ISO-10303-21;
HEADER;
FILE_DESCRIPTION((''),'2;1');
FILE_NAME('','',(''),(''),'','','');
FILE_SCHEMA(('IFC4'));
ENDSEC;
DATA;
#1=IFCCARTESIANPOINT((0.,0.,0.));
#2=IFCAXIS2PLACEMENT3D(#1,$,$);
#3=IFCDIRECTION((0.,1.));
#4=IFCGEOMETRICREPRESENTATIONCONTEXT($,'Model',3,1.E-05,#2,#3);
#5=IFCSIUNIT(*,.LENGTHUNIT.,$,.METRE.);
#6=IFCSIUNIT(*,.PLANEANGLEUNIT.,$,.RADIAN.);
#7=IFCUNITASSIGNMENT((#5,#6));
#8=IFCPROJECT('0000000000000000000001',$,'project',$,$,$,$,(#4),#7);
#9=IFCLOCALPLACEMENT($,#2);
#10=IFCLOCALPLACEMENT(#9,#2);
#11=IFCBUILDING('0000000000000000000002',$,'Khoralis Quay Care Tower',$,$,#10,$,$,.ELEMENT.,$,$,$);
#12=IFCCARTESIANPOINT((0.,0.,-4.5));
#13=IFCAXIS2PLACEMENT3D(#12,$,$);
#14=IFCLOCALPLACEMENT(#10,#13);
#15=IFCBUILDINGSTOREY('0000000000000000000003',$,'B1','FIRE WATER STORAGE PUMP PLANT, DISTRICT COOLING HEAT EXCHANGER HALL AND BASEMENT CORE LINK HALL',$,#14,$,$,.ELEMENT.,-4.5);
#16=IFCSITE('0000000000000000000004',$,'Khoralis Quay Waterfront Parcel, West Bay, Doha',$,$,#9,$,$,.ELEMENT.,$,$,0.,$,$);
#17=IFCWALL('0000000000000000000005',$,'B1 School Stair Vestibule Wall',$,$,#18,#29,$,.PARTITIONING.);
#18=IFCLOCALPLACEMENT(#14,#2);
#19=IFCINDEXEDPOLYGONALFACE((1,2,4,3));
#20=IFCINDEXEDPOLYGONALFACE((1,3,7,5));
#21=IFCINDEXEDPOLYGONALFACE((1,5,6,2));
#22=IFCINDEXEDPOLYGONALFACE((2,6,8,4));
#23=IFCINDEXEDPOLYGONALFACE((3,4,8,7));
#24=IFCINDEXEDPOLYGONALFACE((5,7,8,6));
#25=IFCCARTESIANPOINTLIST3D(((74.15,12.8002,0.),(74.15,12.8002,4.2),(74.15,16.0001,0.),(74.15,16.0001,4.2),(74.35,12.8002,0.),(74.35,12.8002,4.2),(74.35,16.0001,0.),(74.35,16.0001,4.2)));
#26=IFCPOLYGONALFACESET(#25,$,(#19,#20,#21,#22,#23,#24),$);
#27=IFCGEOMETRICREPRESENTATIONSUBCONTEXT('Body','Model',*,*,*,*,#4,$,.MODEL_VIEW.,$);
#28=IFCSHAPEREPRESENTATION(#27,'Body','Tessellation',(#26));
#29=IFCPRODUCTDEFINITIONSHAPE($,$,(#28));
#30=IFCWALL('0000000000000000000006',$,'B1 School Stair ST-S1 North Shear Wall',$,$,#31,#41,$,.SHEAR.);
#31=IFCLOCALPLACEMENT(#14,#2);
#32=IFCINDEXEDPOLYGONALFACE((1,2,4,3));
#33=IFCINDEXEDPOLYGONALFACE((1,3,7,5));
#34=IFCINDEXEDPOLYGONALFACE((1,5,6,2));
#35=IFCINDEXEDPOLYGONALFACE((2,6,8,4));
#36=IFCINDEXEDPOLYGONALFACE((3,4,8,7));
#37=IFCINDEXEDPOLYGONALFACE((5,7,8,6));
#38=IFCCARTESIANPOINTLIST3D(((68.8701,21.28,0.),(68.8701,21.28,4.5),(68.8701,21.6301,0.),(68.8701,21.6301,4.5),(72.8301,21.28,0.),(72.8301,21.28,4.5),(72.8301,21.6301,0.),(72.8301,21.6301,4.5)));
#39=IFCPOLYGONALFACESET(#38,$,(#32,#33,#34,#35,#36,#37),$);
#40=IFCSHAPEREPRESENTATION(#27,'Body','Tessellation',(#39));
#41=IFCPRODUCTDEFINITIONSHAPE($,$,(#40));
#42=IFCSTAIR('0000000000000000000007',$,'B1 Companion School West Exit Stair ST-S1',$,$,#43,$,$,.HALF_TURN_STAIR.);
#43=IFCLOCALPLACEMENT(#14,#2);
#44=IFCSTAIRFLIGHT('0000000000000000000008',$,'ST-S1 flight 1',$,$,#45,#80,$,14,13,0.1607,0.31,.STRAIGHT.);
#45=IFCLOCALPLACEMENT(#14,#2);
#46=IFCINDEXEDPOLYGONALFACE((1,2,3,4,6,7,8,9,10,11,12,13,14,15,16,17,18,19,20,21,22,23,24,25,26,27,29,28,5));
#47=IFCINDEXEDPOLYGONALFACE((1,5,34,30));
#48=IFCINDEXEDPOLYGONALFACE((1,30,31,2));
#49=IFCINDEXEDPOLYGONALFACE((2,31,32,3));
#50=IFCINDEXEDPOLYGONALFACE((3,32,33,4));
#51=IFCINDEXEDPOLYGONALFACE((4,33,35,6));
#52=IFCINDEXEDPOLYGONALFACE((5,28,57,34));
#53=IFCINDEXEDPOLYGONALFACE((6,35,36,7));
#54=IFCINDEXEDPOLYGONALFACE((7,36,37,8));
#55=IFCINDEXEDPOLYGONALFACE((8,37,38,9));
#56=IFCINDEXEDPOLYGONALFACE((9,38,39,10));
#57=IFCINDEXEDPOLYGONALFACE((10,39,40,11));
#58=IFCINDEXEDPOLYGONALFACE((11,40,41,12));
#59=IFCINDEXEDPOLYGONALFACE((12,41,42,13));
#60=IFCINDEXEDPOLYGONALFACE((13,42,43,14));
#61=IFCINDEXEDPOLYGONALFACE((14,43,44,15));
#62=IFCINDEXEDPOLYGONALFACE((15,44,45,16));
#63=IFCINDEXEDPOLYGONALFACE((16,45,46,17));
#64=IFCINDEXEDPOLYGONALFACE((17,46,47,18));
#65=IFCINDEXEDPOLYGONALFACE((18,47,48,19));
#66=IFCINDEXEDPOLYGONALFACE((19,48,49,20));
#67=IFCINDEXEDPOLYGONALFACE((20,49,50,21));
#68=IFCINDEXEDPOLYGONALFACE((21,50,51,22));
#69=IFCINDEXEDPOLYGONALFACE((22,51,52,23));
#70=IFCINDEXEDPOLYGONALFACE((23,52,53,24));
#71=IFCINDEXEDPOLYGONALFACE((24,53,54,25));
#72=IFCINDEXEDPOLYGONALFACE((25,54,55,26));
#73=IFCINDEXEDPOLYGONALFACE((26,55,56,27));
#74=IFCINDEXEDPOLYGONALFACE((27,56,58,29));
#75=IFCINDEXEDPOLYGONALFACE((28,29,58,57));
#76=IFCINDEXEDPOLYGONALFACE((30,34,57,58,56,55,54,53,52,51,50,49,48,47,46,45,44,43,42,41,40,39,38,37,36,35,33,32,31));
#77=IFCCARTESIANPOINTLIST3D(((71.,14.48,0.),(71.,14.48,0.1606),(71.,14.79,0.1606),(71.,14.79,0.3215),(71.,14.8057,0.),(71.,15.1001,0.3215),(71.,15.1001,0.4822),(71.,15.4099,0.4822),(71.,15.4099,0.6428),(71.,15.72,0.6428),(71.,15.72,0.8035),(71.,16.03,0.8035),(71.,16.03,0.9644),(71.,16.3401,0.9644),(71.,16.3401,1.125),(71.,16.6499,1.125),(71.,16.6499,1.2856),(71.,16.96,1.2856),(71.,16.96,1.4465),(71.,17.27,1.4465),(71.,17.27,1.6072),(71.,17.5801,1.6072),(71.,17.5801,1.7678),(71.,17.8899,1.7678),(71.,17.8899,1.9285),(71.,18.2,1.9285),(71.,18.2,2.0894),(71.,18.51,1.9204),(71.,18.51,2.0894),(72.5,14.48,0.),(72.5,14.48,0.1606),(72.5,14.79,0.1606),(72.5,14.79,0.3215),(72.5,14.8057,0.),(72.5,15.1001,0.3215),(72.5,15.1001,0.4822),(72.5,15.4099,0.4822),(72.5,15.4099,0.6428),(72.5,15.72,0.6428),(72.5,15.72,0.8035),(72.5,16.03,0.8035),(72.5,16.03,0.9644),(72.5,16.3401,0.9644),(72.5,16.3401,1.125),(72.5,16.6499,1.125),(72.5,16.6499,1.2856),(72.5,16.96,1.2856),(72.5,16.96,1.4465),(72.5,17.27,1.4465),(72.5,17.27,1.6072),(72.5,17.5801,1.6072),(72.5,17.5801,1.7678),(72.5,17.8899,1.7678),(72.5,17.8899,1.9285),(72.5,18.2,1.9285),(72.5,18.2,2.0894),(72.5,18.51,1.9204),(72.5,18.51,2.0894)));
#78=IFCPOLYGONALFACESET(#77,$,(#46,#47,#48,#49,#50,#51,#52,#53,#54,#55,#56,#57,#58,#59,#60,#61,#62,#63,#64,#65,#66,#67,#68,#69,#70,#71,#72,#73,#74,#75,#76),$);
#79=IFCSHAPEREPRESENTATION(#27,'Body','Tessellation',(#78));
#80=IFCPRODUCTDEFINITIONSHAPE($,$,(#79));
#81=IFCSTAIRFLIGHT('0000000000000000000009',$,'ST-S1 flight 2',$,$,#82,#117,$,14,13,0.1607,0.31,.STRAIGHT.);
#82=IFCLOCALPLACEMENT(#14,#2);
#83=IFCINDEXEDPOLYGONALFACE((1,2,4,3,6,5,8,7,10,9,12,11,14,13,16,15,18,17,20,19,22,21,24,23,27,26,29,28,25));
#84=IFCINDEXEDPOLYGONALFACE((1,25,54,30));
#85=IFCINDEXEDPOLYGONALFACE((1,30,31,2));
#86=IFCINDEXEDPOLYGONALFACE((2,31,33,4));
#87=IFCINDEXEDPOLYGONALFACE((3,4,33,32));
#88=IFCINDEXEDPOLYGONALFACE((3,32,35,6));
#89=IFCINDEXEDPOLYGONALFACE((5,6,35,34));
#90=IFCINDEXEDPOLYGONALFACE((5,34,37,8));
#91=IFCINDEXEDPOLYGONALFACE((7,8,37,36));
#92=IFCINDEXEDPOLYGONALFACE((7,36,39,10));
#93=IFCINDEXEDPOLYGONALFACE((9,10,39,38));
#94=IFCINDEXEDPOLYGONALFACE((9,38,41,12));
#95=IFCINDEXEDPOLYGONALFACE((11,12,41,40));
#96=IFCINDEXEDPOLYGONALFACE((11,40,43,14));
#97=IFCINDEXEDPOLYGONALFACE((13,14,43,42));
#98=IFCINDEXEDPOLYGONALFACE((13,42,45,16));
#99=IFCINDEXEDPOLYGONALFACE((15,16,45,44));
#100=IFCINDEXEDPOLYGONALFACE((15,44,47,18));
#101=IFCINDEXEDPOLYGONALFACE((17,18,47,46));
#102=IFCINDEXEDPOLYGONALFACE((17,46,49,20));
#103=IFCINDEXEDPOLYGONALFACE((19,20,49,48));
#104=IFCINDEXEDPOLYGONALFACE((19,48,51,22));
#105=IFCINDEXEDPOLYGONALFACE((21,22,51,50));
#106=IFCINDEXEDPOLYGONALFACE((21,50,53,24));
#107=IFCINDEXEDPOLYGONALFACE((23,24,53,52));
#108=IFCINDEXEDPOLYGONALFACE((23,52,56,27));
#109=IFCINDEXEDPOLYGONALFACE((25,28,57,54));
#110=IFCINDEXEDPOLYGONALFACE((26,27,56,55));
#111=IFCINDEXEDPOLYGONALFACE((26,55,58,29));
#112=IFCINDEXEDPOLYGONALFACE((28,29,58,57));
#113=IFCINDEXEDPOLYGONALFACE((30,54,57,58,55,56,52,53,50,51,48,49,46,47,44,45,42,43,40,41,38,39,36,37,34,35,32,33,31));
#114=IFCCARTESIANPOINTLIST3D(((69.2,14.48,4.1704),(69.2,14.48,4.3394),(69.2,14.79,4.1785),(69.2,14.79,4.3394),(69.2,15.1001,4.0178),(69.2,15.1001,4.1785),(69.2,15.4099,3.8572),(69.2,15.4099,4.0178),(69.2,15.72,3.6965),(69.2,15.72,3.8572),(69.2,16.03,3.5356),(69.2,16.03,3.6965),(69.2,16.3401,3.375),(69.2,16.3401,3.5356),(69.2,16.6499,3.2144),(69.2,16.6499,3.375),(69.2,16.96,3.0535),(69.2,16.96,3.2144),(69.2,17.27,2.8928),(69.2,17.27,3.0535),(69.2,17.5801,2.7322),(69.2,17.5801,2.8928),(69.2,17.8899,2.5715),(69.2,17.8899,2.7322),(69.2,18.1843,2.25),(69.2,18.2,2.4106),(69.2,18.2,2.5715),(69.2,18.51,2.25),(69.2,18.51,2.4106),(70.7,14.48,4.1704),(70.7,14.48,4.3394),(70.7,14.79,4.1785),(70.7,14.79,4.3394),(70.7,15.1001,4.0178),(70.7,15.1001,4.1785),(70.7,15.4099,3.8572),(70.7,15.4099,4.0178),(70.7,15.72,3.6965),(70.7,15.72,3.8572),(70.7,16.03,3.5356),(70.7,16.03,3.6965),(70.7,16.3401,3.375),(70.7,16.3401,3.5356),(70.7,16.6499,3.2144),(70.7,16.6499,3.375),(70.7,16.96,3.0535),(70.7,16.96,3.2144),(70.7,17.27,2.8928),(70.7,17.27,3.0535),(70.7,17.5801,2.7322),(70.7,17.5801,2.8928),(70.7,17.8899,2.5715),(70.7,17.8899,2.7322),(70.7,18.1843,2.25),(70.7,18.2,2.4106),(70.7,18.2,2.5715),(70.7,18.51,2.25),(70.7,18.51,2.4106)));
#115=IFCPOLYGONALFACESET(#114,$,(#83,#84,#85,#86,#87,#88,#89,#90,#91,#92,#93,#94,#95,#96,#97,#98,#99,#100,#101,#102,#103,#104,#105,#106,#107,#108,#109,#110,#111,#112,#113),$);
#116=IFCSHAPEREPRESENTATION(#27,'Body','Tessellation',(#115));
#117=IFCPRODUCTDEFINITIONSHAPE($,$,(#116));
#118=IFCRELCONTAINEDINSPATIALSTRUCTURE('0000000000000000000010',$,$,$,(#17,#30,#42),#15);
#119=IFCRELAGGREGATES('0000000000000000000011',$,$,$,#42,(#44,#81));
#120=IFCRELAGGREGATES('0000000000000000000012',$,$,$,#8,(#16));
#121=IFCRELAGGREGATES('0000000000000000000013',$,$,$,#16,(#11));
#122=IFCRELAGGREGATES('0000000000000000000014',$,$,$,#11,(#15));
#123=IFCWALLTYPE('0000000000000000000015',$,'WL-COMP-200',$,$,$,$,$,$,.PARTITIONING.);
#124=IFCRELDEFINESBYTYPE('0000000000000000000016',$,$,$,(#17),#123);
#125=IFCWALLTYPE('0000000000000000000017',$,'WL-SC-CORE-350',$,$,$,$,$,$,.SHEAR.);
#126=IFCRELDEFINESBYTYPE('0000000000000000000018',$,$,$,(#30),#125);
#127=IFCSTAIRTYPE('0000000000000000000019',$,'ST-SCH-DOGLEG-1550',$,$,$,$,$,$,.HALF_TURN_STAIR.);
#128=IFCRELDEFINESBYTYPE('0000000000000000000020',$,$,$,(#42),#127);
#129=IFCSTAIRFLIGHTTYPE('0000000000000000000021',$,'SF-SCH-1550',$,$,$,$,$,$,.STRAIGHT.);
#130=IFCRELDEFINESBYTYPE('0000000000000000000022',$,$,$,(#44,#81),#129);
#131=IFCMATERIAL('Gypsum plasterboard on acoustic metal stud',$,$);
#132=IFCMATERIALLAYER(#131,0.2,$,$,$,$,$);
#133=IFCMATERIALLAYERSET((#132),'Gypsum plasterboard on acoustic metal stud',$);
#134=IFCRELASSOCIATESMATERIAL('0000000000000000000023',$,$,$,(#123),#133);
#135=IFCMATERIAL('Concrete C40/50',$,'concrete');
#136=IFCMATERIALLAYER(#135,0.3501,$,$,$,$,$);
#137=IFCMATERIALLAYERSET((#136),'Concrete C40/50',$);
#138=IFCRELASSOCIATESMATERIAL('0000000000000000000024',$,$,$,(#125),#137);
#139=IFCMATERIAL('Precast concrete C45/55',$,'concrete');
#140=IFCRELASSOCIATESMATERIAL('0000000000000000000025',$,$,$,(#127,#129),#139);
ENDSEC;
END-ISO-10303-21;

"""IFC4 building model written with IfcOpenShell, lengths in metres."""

from ifc_helpers import new_model, si_unit, direction, frame, frame_2d, origin, place, context, subcontext, project, spatial, polyline, rectangle, outline, extrude, source, transform, mapped, material, layer, layer_set, type_object, element, aggregate, save


model = new_model("IFC4")

# Units and contexts
model_context = context("Model", 3, precision=1e-05, world=origin(), true_north=direction((0.0, 1.0)))
body_context = subcontext(model_context, "Body", "Model", "MODEL_VIEW")
ifc_project = project(units=[si_unit("LENGTHUNIT", "METRE"), si_unit("PLANEANGLEUNIT", "RADIAN")], contexts=[model_context])

# Site, building, storey
site_placement = place(None, origin())
site = spatial("IfcSite", under=ifc_project, at=site_placement, Name="Khoralis Quay Waterfront Parcel, West Bay, Doha", CompositionType="ELEMENT", RefElevation=0.0)
building_placement = place(site_placement, origin())
building = spatial("IfcBuilding", under=site, at=building_placement, Name="Khoralis Quay Care Tower", CompositionType="ELEMENT")
storey_placement = place(building_placement, frame((0.0, 0.0, -4.5)))
storey = spatial("IfcBuildingStorey", under=building, at=storey_placement, Name="B1", Description="FIRE WATER STORAGE PUMP PLANT, DISTRICT COOLING HEAT EXCHANGER HALL AND BASEMENT CORE LINK HALL", CompositionType="ELEMENT", Elevation=-4.5)

# Shared definitions
ifc_material_1 = material(Name="Concrete C40/50", Category="concrete")

# Shared definitions
ifc_material_2 = material(Name="Gypsum plasterboard on acoustic metal stud")
ifc_layer_1 = layer(ifc_material_2, 0.2)
ifc_layer_set_1 = layer_set([ifc_layer_1], Name="Gypsum plasterboard on acoustic metal stud")
wall_type_1 = type_object("IfcWallType", Name="WL-COMP-200", PredefinedType="PARTITIONING", material=ifc_layer_set_1)

# Walls
wall_1_placement = place(storey_placement, frame((74.25, 12.8, 0.0), z_axis=(0.0, 0.0, 1.0), x_axis=(0.0, 1.0, 0.0)))
element("IfcWall", 1, at=wall_1_placement, inside=storey, type_object=wall_type_1, Name="B1 School Stair Vestibule Wall", PredefinedType="PARTITIONING", context=body_context, shape_type="SweptSolid", body=[
    extrude(rectangle(XDim=3.2, YDim=0.2, at=frame_2d((1.6001, 0.0))), origin(), (0.0, 0.0, 1.0), 4.2),
])
ifc_layer_2 = layer(ifc_material_1, 0.3501)
ifc_layer_set_2 = layer_set([ifc_layer_2], Name="Concrete C40/50")
wall_type_2 = type_object("IfcWallType", Name="WL-SC-CORE-350", PredefinedType="SHEAR", material=ifc_layer_set_2)
wall_2_placement = place(storey_placement, frame((68.8701, 21.4551, 0.0), z_axis=(0.0, 0.0, 1.0), x_axis=(1.0, 0.0, 0.0)))
element("IfcWall", 2, at=wall_2_placement, inside=storey, type_object=wall_type_2, Name="B1 School Stair ST-S1 North Shear Wall", PredefinedType="SHEAR", context=body_context, shape_type="SweptSolid", body=[
    extrude(rectangle(XDim=3.96, YDim=0.3501, at=frame_2d((1.98, 0.0))), origin(), (0.0, 0.0, 1.0), 4.5),
])

# Stair, stair flights
ifc_material_3 = material(Name="Precast concrete C45/55", Category="concrete")
stair_type = type_object("IfcStairType", Name="ST-SCH-DOGLEG-1550", PredefinedType="HALF_TURN_STAIR", material=ifc_material_3)
stair_placement = place(storey_placement, origin())
stair = element("IfcStair", 3, at=stair_placement, inside=storey, type_object=stair_type, Name="B1 Companion School West Exit Stair ST-S1", PredefinedType="HALF_TURN_STAIR")
stair_flight_type = type_object("IfcStairFlightType", Name="SF-SCH-1550", PredefinedType="STRAIGHT", material=ifc_material_3)
shared_shape_1 = source(origin(), body_context, "Body", "SweptSolid", [
    extrude(outline(polyline([(0.0, 0.0), (0.0, 0.1606), (0.3101, 0.1606), (0.3101, 0.3215), (0.6201, 0.3215), (0.6201, 0.4822), (0.9299, 0.4822), (0.9299, 0.6428), (1.24, 0.6428), (1.24, 0.8035), (1.55, 0.8035), (1.55, 0.9644), (1.8601, 0.9644), (1.8601, 1.125), (2.1699, 1.125), (2.1699, 1.2856), (2.48, 1.2856), (2.48, 1.4465), (2.79, 1.4465), (2.79, 1.6072), (3.1001, 1.6072), (3.1001, 1.7678), (3.4099, 1.7678), (3.4099, 1.9285), (3.72, 1.9285), (3.72, 2.0894), (4.03, 2.0894), (4.03, 2.25), (4.03, 1.9204), (0.3257, 0.0), (0.0, 0.0)])), frame((0.0, 0.75, 0.0), z_axis=(0.0, -1.0, 0.0), x_axis=(1.0, 0.0, 0.0)), (0.0, 0.0, 1.0), 1.5),
])
stair_flight_1_placement = place(storey_placement, frame((71.75, 14.48, 0.0), z_axis=(0.0, 0.0, 1.0), x_axis=(0.0, 1.0, 0.0)))
stair_flight_1 = element("IfcStairFlight", 4, at=stair_flight_1_placement, type_object=stair_flight_type, Name="ST-S1 flight 1", NumberOfRisers=14, NumberOfTreads=13, PredefinedType="STRAIGHT", RiserHeight=0.1607, TreadLength=0.31, context=body_context, shape_type="MappedRepresentation", body=[
    mapped(shared_shape_1, transform((0.0, 0.0, 0.0), scale=1.0)),
])
stair_flight_2_placement = place(storey_placement, frame((69.95, 18.51, 2.25), z_axis=(0.0, 0.0, 1.0), x_axis=(0.0, -1.0, 0.0)))
stair_flight_2 = element("IfcStairFlight", 5, at=stair_flight_2_placement, type_object=stair_flight_type, Name="ST-S1 flight 2", NumberOfRisers=14, NumberOfTreads=13, PredefinedType="STRAIGHT", RiserHeight=0.1607, TreadLength=0.31, context=body_context, shape_type="MappedRepresentation", body=[
    mapped(shared_shape_1, transform((0.0, 0.0, 0.0), scale=1.0)),
])
aggregate(stair, [stair_flight_1, stair_flight_2])

save(model, "model.ifc")
